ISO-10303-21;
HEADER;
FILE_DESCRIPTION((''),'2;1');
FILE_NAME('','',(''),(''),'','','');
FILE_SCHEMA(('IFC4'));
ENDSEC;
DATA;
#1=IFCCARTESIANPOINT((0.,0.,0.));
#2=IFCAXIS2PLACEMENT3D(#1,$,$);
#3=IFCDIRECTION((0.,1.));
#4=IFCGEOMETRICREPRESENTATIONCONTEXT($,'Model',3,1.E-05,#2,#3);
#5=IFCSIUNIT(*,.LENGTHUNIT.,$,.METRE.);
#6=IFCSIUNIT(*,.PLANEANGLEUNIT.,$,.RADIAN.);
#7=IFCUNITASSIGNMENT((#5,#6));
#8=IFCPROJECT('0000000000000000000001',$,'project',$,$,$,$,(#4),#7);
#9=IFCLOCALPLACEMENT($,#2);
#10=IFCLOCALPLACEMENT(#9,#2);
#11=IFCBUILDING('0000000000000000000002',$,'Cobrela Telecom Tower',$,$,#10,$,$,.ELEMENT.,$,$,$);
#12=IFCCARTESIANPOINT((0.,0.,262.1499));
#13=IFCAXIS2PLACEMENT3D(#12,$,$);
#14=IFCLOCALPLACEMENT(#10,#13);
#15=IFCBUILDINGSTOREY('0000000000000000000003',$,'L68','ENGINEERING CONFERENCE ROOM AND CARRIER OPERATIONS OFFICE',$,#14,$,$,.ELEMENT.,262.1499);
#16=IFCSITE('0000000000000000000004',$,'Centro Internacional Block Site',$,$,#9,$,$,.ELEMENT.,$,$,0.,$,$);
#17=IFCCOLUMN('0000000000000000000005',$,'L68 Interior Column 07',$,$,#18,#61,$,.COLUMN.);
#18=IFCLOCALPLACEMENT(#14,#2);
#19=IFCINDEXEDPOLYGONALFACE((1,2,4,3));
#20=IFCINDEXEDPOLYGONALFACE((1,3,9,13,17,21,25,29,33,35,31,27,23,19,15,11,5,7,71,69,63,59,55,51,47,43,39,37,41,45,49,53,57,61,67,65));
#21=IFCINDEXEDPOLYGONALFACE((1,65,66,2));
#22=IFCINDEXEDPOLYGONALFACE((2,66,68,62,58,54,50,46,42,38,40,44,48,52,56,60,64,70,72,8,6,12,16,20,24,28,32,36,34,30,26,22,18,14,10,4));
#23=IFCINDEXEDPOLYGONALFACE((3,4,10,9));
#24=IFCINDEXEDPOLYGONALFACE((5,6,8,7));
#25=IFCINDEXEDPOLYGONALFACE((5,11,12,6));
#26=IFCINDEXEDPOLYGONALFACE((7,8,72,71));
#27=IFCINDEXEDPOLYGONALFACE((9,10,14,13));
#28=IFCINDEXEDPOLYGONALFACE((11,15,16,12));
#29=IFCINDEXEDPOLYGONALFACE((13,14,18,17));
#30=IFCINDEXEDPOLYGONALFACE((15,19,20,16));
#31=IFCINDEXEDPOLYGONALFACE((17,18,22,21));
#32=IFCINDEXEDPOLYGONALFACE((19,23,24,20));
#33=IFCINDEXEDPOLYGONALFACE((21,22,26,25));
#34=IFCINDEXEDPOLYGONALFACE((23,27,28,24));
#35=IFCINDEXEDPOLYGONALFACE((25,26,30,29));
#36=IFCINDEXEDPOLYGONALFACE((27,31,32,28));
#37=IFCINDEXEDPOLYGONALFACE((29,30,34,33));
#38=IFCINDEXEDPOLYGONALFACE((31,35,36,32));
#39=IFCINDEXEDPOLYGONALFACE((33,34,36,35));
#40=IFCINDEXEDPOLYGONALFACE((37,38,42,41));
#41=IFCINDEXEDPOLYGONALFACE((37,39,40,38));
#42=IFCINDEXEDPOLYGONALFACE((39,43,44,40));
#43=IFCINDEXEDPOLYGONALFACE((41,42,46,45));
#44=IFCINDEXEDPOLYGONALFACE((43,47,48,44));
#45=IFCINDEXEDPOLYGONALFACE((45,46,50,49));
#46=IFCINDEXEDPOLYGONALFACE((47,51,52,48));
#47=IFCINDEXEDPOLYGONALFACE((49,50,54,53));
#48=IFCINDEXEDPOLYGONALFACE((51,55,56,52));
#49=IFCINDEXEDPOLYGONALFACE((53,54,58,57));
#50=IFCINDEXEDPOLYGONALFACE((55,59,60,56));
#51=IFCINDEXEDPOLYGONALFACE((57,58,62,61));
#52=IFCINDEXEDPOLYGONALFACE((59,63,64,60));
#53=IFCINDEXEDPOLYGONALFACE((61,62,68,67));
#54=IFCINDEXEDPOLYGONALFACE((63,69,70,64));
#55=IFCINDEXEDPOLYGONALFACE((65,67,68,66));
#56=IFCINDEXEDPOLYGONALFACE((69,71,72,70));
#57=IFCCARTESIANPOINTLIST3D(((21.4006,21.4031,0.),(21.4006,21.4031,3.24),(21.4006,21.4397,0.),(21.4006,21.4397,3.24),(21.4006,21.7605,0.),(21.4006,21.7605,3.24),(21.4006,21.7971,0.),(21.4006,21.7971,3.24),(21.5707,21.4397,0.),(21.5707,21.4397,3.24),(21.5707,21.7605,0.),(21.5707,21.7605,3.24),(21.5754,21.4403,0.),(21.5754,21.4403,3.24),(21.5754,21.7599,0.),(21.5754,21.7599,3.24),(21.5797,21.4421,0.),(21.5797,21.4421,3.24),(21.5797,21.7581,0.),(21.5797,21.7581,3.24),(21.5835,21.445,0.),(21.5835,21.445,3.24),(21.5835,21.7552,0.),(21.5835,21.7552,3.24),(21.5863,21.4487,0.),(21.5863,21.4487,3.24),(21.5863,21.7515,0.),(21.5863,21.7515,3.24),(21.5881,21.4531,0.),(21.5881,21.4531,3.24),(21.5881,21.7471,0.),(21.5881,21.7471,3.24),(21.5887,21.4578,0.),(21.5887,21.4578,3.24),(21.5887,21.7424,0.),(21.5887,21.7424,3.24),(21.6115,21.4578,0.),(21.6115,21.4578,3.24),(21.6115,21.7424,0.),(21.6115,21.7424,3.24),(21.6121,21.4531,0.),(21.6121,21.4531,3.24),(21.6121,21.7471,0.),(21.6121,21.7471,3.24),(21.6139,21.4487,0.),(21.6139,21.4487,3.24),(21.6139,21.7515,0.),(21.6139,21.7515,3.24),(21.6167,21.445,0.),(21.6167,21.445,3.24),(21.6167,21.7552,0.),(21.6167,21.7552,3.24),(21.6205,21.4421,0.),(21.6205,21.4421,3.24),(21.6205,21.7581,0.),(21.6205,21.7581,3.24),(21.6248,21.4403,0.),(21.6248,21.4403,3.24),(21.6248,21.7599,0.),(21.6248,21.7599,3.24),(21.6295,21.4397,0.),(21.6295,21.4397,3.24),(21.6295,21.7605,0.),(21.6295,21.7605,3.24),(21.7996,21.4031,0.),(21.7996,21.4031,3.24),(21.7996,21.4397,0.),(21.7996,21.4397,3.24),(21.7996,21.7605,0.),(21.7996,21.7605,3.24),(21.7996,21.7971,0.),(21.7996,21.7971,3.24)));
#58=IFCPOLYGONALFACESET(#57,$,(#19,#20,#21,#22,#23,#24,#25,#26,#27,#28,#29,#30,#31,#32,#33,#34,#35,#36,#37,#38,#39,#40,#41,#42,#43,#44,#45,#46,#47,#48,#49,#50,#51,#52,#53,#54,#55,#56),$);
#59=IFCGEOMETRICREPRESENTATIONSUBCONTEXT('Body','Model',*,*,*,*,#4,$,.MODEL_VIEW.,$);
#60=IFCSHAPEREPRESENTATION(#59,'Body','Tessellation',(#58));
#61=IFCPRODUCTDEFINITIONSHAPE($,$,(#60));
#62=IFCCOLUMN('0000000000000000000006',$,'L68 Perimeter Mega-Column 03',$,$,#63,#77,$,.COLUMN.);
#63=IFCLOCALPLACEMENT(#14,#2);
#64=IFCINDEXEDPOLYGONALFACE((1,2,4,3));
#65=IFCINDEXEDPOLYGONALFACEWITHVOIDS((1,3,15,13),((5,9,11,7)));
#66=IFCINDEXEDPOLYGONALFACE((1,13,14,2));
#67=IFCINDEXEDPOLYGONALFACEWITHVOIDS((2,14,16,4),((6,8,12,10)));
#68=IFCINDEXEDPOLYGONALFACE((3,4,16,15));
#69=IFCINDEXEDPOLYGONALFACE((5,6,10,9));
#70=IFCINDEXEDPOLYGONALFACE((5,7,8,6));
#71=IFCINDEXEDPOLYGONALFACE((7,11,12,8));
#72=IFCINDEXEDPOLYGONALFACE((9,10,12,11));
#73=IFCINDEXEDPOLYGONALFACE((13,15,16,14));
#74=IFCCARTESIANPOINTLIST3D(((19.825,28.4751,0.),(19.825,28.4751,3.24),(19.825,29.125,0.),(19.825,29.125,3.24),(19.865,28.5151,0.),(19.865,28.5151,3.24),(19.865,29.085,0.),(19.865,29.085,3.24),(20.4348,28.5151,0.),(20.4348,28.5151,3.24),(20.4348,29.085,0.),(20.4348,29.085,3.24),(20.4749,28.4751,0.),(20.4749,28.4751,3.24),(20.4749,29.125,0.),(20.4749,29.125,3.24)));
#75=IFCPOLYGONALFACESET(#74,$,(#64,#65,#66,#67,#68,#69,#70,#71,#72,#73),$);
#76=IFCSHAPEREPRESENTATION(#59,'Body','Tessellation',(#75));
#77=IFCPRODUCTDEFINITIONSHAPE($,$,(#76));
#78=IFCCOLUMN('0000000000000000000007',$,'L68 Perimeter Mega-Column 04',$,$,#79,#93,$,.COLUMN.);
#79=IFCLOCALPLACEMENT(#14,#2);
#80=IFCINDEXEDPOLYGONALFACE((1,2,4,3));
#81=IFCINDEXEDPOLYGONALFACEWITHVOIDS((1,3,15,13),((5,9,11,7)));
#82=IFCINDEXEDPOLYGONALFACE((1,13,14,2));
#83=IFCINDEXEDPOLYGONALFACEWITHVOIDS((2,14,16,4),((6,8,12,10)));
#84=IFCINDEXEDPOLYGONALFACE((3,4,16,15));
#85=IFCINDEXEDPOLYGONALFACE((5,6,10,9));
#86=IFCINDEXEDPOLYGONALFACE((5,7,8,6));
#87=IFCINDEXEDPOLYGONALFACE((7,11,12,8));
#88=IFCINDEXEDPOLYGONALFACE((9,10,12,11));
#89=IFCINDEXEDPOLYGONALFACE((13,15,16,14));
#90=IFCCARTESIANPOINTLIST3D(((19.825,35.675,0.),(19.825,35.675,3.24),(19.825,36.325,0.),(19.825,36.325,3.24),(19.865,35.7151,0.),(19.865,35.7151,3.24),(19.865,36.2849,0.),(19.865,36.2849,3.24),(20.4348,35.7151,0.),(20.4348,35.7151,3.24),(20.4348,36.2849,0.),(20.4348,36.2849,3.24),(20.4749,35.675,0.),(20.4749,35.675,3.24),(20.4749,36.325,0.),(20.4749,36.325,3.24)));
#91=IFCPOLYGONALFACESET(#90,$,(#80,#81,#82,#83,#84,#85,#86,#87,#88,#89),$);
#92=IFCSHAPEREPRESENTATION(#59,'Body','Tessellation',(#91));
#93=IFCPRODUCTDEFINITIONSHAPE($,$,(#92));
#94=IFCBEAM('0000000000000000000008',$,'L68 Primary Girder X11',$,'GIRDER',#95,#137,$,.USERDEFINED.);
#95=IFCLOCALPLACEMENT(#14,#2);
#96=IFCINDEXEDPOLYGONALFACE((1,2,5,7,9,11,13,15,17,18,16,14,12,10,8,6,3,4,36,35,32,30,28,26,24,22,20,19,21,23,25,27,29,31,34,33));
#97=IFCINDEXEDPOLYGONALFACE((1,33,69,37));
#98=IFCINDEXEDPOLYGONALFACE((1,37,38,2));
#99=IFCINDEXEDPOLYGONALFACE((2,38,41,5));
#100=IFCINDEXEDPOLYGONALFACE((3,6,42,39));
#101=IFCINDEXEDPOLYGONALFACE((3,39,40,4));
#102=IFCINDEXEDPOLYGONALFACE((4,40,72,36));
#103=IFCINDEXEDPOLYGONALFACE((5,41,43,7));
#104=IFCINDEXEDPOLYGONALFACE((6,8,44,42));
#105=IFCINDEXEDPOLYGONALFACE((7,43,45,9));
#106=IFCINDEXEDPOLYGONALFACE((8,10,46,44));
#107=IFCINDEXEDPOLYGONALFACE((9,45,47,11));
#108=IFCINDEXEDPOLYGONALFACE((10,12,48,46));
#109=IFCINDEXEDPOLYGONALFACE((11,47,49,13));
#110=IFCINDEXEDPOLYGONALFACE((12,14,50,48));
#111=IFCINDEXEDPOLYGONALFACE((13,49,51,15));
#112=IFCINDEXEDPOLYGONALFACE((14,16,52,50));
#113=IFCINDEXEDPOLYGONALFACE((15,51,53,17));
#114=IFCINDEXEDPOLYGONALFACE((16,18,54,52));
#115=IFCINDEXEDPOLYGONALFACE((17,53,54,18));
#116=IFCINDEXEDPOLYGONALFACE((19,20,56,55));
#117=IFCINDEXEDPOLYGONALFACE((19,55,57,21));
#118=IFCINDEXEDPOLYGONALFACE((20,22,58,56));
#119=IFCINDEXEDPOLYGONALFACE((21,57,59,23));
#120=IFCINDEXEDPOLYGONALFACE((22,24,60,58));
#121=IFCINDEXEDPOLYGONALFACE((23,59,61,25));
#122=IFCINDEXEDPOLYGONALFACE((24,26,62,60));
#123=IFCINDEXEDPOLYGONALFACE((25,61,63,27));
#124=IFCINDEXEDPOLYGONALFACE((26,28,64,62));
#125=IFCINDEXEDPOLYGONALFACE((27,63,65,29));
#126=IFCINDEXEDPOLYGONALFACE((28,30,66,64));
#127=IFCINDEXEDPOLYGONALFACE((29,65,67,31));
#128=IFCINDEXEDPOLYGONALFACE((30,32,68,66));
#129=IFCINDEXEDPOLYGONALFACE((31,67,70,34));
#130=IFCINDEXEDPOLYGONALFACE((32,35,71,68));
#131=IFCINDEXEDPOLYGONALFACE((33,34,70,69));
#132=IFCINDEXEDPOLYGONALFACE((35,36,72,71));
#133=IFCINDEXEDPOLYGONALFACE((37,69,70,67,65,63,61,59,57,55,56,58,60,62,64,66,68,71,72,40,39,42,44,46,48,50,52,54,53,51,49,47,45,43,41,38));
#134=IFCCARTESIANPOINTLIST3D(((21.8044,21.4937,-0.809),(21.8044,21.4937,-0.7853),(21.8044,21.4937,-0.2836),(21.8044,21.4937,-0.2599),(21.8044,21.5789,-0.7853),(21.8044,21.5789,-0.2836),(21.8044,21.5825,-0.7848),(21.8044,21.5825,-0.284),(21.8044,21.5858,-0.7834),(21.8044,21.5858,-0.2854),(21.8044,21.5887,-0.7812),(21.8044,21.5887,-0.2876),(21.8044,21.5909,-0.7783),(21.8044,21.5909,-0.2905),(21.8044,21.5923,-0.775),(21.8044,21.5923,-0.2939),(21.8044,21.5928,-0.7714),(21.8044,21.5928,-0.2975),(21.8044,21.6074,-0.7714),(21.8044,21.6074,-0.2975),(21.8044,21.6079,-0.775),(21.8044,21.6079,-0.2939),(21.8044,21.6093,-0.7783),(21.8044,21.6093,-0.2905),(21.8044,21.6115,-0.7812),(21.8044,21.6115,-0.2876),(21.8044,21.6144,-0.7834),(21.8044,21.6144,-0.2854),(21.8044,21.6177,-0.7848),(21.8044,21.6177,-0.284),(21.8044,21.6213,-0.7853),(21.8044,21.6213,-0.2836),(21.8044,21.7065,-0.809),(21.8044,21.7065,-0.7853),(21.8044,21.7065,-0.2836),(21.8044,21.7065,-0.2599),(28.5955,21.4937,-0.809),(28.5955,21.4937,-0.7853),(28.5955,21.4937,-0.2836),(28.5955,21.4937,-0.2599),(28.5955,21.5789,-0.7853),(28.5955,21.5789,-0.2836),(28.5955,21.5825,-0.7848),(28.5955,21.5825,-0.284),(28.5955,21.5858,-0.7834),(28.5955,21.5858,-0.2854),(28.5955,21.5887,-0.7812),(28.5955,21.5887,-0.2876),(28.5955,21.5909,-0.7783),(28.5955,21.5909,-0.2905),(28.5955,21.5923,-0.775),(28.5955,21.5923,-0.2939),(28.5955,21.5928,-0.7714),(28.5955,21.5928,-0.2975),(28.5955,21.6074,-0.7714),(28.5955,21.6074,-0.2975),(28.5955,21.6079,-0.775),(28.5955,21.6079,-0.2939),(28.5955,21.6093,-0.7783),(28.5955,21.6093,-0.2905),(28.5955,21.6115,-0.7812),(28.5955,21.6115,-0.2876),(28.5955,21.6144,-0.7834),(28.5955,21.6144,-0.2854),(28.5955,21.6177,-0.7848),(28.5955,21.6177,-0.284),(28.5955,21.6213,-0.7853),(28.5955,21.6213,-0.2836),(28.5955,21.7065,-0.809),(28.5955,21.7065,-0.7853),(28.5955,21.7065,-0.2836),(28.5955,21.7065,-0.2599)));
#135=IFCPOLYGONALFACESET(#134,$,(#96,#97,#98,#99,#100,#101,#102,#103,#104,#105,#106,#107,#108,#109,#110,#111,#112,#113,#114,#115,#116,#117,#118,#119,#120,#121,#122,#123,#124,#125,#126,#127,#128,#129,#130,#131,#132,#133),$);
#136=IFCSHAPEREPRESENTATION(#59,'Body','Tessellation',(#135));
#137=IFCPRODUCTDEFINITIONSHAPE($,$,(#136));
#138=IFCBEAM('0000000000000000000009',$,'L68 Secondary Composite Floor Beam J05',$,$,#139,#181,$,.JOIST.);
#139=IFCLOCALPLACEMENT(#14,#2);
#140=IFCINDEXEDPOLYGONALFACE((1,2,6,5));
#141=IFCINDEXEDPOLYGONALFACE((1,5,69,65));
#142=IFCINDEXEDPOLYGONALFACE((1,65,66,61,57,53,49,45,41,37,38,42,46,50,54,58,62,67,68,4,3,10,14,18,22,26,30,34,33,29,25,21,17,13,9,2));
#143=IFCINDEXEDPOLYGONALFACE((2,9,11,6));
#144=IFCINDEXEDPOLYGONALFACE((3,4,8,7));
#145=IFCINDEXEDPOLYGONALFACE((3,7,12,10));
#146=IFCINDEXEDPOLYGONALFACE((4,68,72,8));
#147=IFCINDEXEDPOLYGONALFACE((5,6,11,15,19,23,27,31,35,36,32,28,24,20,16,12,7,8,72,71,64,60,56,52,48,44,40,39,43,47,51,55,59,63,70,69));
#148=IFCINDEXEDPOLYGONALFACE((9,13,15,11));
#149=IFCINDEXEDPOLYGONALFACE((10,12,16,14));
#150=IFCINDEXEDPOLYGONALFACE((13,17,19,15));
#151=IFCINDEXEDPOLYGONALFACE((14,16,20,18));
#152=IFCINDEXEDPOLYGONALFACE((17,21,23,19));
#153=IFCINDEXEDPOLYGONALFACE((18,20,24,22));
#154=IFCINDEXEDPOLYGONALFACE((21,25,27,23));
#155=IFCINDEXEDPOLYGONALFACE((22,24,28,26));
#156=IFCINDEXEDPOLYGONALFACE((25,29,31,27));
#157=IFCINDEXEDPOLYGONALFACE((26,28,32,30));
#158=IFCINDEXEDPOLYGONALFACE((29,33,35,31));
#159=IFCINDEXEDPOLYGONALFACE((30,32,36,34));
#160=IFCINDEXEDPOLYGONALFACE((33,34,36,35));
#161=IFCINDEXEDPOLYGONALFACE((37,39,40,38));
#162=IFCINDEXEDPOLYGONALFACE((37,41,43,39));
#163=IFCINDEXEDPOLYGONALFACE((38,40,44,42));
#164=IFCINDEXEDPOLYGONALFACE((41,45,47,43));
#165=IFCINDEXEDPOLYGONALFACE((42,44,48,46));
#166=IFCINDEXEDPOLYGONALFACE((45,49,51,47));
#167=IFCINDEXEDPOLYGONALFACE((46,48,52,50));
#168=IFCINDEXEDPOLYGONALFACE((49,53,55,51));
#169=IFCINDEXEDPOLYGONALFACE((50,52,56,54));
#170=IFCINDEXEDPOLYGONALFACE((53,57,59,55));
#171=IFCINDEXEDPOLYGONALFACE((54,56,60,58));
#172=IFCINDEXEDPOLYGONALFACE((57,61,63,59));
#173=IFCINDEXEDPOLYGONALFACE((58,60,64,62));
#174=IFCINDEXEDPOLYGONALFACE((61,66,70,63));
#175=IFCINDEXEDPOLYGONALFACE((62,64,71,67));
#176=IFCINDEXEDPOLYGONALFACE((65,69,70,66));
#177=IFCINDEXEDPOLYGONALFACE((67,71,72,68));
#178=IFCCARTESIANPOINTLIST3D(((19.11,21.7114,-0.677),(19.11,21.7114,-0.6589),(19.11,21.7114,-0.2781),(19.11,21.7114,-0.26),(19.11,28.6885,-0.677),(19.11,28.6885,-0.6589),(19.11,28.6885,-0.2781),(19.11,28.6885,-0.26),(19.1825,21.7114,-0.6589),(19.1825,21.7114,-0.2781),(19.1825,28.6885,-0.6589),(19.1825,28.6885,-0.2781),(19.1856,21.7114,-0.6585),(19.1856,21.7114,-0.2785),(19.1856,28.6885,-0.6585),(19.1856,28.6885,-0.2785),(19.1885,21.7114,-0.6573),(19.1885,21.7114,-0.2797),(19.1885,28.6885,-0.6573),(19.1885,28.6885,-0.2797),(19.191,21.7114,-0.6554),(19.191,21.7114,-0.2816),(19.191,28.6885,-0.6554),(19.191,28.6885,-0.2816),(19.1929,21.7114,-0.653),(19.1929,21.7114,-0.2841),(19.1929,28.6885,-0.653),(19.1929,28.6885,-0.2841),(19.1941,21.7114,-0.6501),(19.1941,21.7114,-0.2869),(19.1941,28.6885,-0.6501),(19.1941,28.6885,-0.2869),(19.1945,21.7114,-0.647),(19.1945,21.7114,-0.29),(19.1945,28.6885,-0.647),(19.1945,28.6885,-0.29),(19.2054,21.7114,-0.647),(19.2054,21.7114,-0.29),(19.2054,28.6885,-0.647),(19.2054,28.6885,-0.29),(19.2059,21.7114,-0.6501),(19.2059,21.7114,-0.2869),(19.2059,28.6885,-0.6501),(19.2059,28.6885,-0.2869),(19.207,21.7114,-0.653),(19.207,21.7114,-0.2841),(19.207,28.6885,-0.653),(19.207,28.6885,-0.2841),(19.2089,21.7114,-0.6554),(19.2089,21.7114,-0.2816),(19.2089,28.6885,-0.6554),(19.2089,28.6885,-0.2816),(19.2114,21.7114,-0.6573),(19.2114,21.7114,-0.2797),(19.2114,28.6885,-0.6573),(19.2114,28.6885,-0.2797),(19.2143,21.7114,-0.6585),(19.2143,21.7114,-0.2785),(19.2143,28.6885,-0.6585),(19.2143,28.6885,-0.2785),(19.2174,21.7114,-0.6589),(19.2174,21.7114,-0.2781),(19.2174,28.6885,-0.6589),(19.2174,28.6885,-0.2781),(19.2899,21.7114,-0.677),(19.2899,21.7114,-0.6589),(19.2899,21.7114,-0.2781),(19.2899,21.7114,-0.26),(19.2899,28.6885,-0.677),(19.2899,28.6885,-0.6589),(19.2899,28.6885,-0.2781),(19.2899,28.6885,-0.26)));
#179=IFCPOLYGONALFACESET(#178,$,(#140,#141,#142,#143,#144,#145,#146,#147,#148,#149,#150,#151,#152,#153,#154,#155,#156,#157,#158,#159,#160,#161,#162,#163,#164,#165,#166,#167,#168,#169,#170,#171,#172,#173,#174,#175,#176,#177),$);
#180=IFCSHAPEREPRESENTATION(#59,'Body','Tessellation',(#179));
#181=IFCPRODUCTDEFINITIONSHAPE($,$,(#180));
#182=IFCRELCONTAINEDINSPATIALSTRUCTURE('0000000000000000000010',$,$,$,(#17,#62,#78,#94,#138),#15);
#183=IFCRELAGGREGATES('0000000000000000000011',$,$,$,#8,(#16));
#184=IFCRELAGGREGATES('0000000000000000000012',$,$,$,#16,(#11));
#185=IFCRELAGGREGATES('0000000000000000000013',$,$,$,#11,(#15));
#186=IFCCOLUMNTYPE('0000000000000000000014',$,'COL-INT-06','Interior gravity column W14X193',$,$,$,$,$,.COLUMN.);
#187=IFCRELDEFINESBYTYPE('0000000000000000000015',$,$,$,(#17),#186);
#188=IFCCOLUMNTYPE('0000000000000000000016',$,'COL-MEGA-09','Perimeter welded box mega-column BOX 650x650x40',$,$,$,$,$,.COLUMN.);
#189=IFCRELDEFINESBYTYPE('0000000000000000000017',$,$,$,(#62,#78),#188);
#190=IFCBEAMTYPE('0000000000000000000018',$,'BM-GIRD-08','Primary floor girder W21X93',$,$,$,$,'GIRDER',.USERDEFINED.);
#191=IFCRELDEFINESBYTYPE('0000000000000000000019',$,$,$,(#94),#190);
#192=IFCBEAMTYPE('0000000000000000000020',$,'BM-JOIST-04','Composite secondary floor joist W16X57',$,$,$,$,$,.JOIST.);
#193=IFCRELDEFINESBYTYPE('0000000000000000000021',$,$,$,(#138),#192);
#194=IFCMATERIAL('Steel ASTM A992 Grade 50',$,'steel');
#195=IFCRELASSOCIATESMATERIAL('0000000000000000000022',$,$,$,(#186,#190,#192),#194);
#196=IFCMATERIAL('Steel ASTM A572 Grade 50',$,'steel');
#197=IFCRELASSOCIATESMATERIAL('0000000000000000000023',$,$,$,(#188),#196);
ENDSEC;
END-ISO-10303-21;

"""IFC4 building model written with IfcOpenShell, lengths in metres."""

from ifc_helpers import new_model, si_unit, direction, frame, origin, origin_2d, place, context, subcontext, project, spatial, hollow_rectangle, i_section, extrude, material, material_profile, profile_set, type_object, element, save


model = new_model("IFC4")

# Units and contexts
model_context = context("Model", 3, precision=1e-05, world=origin(), true_north=direction((0.0, 1.0)))
body_context = subcontext(model_context, "Body", "Model", "MODEL_VIEW")
ifc_project = project(units=[si_unit("LENGTHUNIT", "METRE"), si_unit("PLANEANGLEUNIT", "RADIAN")], contexts=[model_context])

# Site, building, storey
site_placement = place(None, origin())
site = spatial("IfcSite", under=ifc_project, at=site_placement, Name="Centro Internacional Block Site", CompositionType="ELEMENT", RefElevation=0.0)
building_placement = place(site_placement, origin())
building = spatial("IfcBuilding", under=site, at=building_placement, Name="Cobrela Telecom Tower", CompositionType="ELEMENT")
storey_placement = place(building_placement, frame((0.0, 0.0, 262.1499)))
storey = spatial("IfcBuildingStorey", under=building, at=storey_placement, Name="L68", Description="ENGINEERING CONFERENCE ROOM AND CARRIER OPERATIONS OFFICE", CompositionType="ELEMENT", Elevation=262.1499)

# Columns
ifc_material_1 = material(Name="Steel ASTM A992 Grade 50", Category="steel")
ifc_material_profile_1 = material_profile(ifc_material_1, i_section(OverallWidth=0.3989, OverallDepth=0.394, WebThickness=0.0227, FlangeThickness=0.0366, FilletRadius=0.0181, at=origin_2d()), Name="W14X193")
ifc_profile_set_1 = profile_set([ifc_material_profile_1], Name="Steel ASTM A992 Grade 50")
column_type_1 = type_object("IfcColumnType", Name="COL-INT-06", Description="Interior gravity column W14X193", PredefinedType="COLUMN", material=ifc_profile_set_1)
column_placement = place(storey_placement, frame((21.6001, 21.6001, 0.0), z_axis=(0.0, 0.0, 1.0), x_axis=(1.0, 0.0, 0.0)))
element("IfcColumn", 1, at=column_placement, inside=storey, type_object=column_type_1, Name="L68 Interior Column 07", PredefinedType="COLUMN", context=body_context, shape_type="SweptSolid", body=[
    extrude(i_section(OverallWidth=0.3989, OverallDepth=0.394, WebThickness=0.0227, FlangeThickness=0.0366, FilletRadius=0.0181, at=origin_2d()), origin(), (0.0, 0.0, 1.0), 3.24),
])
ifc_material_2 = material(Name="Steel ASTM A572 Grade 50", Category="steel")
ifc_material_profile_2 = material_profile(ifc_material_2, hollow_rectangle(XDim=0.6499, YDim=0.6499, WallThickness=0.04, at=origin_2d()), Name="BOX 650x650x40")
ifc_profile_set_2 = profile_set([ifc_material_profile_2], Name="Steel ASTM A572 Grade 50")
column_type_2 = type_object("IfcColumnType", Name="COL-MEGA-09", Description="Perimeter welded box mega-column BOX 650x650x40", PredefinedType="COLUMN", material=ifc_profile_set_2)
for number, where, z_axis, x_axis, name in (
    (2, (20.1499, 28.8, 0.0), (0.0, 0.0, 1.0), (1.0, 0.0, 0.0), "L68 Perimeter Mega-Column 03"),
    (3, (20.1499, 36.0, 0.0), (0.0, 0.0, 1.0), (1.0, 0.0, 0.0), "L68 Perimeter Mega-Column 04"),
):
    element("IfcColumn", number, at=place(storey_placement, frame(where, z_axis=z_axis, x_axis=x_axis)), inside=storey, type_object=column_type_2, Name=name, PredefinedType="COLUMN", context=body_context, shape_type="SweptSolid", body=[
        extrude(hollow_rectangle(XDim=0.6499, YDim=0.6499, WallThickness=0.04, at=origin_2d()), origin(), (0.0, 0.0, 1.0), 3.24),
    ])

# Beams
ifc_material_profile_3 = material_profile(ifc_material_1, i_section(OverallWidth=0.2129, OverallDepth=0.5491, WebThickness=0.0146, FlangeThickness=0.0237, FilletRadius=0.0139, at=origin_2d()), Name="W21X93")
ifc_profile_set_3 = profile_set([ifc_material_profile_3], Name="Steel ASTM A992 Grade 50")
beam_type_1 = type_object("IfcBeamType", Name="BM-GIRD-08", Description="Primary floor girder W21X93", ElementType="GIRDER", PredefinedType="USERDEFINED", material=ifc_profile_set_3)
beam_1_placement = place(storey_placement, frame((21.8044, 21.6001, -0.5344), z_axis=(1.0, 0.0, 0.0), x_axis=(0.0, 1.0, 0.0)))
element("IfcBeam", 4, at=beam_1_placement, inside=storey, type_object=beam_type_1, Name="L68 Primary Girder X11", ObjectType="GIRDER", PredefinedType="USERDEFINED", context=body_context, shape_type="SweptSolid", body=[
    extrude(i_section(OverallWidth=0.2129, OverallDepth=0.5491, WebThickness=0.0146, FlangeThickness=0.0237, FilletRadius=0.0139, at=origin_2d()), origin(), (0.0, 0.0, 1.0), 6.791),
])
ifc_material_profile_4 = material_profile(ifc_material_1, i_section(OverallWidth=0.1799, OverallDepth=0.417, WebThickness=0.011, FlangeThickness=0.0181, FilletRadius=0.012, at=origin_2d()), Name="W16X57")
ifc_profile_set_4 = profile_set([ifc_material_profile_4], Name="Steel ASTM A992 Grade 50")
beam_type_2 = type_object("IfcBeamType", Name="BM-JOIST-04", Description="Composite secondary floor joist W16X57", PredefinedType="JOIST", material=ifc_profile_set_4)
beam_2_placement = place(storey_placement, frame((19.2, 21.7114, -0.4685), z_axis=(0.0, 1.0, 0.0), x_axis=(-1.0, 0.0, 0.0)))
element("IfcBeam", 5, at=beam_2_placement, inside=storey, type_object=beam_type_2, Name="L68 Secondary Composite Floor Beam J05", PredefinedType="JOIST", context=body_context, shape_type="SweptSolid", body=[
    extrude(i_section(OverallWidth=0.1799, OverallDepth=0.417, WebThickness=0.011, FlangeThickness=0.0181, FilletRadius=0.012, at=origin_2d()), origin(), (0.0, 0.0, 1.0), 6.9771),
])

save(model, "model.ifc")
